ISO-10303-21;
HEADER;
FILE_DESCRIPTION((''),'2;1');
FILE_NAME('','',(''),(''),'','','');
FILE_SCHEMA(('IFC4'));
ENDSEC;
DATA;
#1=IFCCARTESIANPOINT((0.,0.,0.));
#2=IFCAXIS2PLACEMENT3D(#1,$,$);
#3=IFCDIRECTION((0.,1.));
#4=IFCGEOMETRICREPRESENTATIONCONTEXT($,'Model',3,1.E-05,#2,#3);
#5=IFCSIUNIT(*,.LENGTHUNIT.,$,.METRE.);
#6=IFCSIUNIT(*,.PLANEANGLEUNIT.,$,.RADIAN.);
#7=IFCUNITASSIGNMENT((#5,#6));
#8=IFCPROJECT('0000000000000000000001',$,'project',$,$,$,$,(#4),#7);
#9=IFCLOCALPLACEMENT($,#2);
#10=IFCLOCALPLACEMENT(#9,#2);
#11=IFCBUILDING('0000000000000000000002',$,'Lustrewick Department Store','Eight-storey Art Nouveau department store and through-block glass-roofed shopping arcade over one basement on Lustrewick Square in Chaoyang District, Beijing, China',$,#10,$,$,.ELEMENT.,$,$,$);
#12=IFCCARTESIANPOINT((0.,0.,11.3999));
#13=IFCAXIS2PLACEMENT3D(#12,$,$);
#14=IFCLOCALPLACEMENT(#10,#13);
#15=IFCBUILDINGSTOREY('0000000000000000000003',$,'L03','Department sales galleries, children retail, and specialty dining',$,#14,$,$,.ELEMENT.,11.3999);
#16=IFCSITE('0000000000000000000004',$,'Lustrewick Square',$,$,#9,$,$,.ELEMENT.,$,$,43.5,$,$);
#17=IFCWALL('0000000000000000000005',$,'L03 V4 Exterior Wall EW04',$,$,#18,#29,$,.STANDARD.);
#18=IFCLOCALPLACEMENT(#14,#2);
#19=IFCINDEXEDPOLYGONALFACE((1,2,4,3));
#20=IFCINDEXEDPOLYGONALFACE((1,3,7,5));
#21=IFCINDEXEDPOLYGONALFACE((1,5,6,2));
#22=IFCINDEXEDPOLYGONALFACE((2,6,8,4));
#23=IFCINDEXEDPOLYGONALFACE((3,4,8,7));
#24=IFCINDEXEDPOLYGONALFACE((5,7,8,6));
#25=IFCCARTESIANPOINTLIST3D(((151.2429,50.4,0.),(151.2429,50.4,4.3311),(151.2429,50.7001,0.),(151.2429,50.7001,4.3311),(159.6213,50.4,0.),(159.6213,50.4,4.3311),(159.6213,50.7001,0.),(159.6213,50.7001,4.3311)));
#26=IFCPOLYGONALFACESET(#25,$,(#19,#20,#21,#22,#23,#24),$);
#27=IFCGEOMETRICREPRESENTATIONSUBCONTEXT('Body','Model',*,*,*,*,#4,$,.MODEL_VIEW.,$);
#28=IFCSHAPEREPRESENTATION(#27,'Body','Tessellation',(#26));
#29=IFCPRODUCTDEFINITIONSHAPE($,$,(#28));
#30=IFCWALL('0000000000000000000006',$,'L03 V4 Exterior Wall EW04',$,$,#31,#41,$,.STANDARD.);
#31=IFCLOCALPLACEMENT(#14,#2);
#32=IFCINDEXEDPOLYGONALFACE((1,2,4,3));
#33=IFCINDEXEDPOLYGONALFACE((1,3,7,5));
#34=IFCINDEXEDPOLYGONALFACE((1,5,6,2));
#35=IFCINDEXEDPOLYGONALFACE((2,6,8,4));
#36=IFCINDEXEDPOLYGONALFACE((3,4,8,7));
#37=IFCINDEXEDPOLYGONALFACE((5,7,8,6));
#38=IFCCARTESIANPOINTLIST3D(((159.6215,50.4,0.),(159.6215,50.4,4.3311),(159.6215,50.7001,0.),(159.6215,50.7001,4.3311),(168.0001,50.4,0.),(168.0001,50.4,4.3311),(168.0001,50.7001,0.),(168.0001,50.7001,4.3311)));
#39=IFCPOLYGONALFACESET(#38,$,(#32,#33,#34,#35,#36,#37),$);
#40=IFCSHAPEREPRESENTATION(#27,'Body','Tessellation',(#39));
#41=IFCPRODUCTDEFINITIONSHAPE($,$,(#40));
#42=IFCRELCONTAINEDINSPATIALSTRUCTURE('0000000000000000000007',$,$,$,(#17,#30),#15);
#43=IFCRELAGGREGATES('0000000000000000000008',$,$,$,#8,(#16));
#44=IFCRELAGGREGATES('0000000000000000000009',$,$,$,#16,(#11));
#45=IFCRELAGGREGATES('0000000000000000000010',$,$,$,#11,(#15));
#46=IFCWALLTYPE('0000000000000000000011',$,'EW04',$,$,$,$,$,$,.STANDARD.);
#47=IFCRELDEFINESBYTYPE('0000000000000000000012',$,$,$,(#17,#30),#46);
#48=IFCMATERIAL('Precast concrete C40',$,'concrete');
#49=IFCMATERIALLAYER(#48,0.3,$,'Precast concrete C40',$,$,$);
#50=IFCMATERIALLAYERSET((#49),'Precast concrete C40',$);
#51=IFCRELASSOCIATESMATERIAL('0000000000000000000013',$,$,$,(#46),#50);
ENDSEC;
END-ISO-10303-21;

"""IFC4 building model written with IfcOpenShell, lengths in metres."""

from ifc_helpers import new_model, si_unit, direction, frame, frame_2d, origin, place, context, subcontext, project, spatial, rectangle, extrude, material, layer, layer_set, type_object, element, save


model = new_model("IFC4")

# Units and contexts
model_context = context("Model", 3, precision=1e-05, world=origin(), true_north=direction((0.0, 1.0)))
body_context = subcontext(model_context, "Body", "Model", "MODEL_VIEW")
ifc_project = project(units=[si_unit("LENGTHUNIT", "METRE"), si_unit("PLANEANGLEUNIT", "RADIAN")], contexts=[model_context])

# Site, building, storey
site_placement = place(None, origin())
site = spatial("IfcSite", under=ifc_project, at=site_placement, Name="Lustrewick Square", CompositionType="ELEMENT", RefElevation=43.5)
building_placement = place(site_placement, origin())
building = spatial("IfcBuilding", under=site, at=building_placement, Name="Lustrewick Department Store", Description="Eight-storey Art Nouveau department store and through-block glass-roofed shopping arcade over one basement on Lustrewick Square in Chaoyang District, Beijing, China", CompositionType="ELEMENT")
storey_placement = place(building_placement, frame((0.0, 0.0, 11.3999)))
storey = spatial("IfcBuildingStorey", under=building, at=storey_placement, Name="L03", Description="Department sales galleries, children retail, and specialty dining", CompositionType="ELEMENT", Elevation=11.3999)

# Shared definitions
ifc_material_1 = material(Name="Precast concrete C40", Category="concrete")

# Walls
ifc_layer_1 = layer(ifc_material_1, 0.3, Name="Precast concrete C40")
ifc_layer_set_1 = layer_set([ifc_layer_1], Name="Precast concrete C40")
wall_type_1 = type_object("IfcWallType", Name="EW04", PredefinedType="STANDARD", material=ifc_layer_set_1)
wall_1_placement = place(storey_placement, frame((151.2429, 50.55, 0.0), z_axis=(0.0, 0.0, 1.0), x_axis=(1.0, 0.0, 0.0)))
element("IfcWall", 1, at=wall_1_placement, inside=storey, type_object=wall_type_1, Name="L03 V4 Exterior Wall EW04", PredefinedType="STANDARD", context=body_context, shape_type="SweptSolid", body=[
    extrude(rectangle(XDim=8.3784, YDim=0.3, at=frame_2d((4.1892, 0.0))), origin(), (0.0, 0.0, 1.0), 4.3311),
])
wall_2_placement = place(storey_placement, frame((159.6213, 50.55, 0.0), z_axis=(0.0, 0.0, 1.0), x_axis=(1.0, 0.0, 0.0)))
element("IfcWall", 2, at=wall_2_placement, inside=storey, type_object=wall_type_1, Name="L03 V4 Exterior Wall EW04", PredefinedType="STANDARD", context=body_context, shape_type="SweptSolid", body=[
    extrude(rectangle(XDim=8.3787, YDim=0.3, at=frame_2d((4.1895, 0.0))), origin(), (0.0, 0.0, 1.0), 4.3311),
])

save(model, "model.ifc")
